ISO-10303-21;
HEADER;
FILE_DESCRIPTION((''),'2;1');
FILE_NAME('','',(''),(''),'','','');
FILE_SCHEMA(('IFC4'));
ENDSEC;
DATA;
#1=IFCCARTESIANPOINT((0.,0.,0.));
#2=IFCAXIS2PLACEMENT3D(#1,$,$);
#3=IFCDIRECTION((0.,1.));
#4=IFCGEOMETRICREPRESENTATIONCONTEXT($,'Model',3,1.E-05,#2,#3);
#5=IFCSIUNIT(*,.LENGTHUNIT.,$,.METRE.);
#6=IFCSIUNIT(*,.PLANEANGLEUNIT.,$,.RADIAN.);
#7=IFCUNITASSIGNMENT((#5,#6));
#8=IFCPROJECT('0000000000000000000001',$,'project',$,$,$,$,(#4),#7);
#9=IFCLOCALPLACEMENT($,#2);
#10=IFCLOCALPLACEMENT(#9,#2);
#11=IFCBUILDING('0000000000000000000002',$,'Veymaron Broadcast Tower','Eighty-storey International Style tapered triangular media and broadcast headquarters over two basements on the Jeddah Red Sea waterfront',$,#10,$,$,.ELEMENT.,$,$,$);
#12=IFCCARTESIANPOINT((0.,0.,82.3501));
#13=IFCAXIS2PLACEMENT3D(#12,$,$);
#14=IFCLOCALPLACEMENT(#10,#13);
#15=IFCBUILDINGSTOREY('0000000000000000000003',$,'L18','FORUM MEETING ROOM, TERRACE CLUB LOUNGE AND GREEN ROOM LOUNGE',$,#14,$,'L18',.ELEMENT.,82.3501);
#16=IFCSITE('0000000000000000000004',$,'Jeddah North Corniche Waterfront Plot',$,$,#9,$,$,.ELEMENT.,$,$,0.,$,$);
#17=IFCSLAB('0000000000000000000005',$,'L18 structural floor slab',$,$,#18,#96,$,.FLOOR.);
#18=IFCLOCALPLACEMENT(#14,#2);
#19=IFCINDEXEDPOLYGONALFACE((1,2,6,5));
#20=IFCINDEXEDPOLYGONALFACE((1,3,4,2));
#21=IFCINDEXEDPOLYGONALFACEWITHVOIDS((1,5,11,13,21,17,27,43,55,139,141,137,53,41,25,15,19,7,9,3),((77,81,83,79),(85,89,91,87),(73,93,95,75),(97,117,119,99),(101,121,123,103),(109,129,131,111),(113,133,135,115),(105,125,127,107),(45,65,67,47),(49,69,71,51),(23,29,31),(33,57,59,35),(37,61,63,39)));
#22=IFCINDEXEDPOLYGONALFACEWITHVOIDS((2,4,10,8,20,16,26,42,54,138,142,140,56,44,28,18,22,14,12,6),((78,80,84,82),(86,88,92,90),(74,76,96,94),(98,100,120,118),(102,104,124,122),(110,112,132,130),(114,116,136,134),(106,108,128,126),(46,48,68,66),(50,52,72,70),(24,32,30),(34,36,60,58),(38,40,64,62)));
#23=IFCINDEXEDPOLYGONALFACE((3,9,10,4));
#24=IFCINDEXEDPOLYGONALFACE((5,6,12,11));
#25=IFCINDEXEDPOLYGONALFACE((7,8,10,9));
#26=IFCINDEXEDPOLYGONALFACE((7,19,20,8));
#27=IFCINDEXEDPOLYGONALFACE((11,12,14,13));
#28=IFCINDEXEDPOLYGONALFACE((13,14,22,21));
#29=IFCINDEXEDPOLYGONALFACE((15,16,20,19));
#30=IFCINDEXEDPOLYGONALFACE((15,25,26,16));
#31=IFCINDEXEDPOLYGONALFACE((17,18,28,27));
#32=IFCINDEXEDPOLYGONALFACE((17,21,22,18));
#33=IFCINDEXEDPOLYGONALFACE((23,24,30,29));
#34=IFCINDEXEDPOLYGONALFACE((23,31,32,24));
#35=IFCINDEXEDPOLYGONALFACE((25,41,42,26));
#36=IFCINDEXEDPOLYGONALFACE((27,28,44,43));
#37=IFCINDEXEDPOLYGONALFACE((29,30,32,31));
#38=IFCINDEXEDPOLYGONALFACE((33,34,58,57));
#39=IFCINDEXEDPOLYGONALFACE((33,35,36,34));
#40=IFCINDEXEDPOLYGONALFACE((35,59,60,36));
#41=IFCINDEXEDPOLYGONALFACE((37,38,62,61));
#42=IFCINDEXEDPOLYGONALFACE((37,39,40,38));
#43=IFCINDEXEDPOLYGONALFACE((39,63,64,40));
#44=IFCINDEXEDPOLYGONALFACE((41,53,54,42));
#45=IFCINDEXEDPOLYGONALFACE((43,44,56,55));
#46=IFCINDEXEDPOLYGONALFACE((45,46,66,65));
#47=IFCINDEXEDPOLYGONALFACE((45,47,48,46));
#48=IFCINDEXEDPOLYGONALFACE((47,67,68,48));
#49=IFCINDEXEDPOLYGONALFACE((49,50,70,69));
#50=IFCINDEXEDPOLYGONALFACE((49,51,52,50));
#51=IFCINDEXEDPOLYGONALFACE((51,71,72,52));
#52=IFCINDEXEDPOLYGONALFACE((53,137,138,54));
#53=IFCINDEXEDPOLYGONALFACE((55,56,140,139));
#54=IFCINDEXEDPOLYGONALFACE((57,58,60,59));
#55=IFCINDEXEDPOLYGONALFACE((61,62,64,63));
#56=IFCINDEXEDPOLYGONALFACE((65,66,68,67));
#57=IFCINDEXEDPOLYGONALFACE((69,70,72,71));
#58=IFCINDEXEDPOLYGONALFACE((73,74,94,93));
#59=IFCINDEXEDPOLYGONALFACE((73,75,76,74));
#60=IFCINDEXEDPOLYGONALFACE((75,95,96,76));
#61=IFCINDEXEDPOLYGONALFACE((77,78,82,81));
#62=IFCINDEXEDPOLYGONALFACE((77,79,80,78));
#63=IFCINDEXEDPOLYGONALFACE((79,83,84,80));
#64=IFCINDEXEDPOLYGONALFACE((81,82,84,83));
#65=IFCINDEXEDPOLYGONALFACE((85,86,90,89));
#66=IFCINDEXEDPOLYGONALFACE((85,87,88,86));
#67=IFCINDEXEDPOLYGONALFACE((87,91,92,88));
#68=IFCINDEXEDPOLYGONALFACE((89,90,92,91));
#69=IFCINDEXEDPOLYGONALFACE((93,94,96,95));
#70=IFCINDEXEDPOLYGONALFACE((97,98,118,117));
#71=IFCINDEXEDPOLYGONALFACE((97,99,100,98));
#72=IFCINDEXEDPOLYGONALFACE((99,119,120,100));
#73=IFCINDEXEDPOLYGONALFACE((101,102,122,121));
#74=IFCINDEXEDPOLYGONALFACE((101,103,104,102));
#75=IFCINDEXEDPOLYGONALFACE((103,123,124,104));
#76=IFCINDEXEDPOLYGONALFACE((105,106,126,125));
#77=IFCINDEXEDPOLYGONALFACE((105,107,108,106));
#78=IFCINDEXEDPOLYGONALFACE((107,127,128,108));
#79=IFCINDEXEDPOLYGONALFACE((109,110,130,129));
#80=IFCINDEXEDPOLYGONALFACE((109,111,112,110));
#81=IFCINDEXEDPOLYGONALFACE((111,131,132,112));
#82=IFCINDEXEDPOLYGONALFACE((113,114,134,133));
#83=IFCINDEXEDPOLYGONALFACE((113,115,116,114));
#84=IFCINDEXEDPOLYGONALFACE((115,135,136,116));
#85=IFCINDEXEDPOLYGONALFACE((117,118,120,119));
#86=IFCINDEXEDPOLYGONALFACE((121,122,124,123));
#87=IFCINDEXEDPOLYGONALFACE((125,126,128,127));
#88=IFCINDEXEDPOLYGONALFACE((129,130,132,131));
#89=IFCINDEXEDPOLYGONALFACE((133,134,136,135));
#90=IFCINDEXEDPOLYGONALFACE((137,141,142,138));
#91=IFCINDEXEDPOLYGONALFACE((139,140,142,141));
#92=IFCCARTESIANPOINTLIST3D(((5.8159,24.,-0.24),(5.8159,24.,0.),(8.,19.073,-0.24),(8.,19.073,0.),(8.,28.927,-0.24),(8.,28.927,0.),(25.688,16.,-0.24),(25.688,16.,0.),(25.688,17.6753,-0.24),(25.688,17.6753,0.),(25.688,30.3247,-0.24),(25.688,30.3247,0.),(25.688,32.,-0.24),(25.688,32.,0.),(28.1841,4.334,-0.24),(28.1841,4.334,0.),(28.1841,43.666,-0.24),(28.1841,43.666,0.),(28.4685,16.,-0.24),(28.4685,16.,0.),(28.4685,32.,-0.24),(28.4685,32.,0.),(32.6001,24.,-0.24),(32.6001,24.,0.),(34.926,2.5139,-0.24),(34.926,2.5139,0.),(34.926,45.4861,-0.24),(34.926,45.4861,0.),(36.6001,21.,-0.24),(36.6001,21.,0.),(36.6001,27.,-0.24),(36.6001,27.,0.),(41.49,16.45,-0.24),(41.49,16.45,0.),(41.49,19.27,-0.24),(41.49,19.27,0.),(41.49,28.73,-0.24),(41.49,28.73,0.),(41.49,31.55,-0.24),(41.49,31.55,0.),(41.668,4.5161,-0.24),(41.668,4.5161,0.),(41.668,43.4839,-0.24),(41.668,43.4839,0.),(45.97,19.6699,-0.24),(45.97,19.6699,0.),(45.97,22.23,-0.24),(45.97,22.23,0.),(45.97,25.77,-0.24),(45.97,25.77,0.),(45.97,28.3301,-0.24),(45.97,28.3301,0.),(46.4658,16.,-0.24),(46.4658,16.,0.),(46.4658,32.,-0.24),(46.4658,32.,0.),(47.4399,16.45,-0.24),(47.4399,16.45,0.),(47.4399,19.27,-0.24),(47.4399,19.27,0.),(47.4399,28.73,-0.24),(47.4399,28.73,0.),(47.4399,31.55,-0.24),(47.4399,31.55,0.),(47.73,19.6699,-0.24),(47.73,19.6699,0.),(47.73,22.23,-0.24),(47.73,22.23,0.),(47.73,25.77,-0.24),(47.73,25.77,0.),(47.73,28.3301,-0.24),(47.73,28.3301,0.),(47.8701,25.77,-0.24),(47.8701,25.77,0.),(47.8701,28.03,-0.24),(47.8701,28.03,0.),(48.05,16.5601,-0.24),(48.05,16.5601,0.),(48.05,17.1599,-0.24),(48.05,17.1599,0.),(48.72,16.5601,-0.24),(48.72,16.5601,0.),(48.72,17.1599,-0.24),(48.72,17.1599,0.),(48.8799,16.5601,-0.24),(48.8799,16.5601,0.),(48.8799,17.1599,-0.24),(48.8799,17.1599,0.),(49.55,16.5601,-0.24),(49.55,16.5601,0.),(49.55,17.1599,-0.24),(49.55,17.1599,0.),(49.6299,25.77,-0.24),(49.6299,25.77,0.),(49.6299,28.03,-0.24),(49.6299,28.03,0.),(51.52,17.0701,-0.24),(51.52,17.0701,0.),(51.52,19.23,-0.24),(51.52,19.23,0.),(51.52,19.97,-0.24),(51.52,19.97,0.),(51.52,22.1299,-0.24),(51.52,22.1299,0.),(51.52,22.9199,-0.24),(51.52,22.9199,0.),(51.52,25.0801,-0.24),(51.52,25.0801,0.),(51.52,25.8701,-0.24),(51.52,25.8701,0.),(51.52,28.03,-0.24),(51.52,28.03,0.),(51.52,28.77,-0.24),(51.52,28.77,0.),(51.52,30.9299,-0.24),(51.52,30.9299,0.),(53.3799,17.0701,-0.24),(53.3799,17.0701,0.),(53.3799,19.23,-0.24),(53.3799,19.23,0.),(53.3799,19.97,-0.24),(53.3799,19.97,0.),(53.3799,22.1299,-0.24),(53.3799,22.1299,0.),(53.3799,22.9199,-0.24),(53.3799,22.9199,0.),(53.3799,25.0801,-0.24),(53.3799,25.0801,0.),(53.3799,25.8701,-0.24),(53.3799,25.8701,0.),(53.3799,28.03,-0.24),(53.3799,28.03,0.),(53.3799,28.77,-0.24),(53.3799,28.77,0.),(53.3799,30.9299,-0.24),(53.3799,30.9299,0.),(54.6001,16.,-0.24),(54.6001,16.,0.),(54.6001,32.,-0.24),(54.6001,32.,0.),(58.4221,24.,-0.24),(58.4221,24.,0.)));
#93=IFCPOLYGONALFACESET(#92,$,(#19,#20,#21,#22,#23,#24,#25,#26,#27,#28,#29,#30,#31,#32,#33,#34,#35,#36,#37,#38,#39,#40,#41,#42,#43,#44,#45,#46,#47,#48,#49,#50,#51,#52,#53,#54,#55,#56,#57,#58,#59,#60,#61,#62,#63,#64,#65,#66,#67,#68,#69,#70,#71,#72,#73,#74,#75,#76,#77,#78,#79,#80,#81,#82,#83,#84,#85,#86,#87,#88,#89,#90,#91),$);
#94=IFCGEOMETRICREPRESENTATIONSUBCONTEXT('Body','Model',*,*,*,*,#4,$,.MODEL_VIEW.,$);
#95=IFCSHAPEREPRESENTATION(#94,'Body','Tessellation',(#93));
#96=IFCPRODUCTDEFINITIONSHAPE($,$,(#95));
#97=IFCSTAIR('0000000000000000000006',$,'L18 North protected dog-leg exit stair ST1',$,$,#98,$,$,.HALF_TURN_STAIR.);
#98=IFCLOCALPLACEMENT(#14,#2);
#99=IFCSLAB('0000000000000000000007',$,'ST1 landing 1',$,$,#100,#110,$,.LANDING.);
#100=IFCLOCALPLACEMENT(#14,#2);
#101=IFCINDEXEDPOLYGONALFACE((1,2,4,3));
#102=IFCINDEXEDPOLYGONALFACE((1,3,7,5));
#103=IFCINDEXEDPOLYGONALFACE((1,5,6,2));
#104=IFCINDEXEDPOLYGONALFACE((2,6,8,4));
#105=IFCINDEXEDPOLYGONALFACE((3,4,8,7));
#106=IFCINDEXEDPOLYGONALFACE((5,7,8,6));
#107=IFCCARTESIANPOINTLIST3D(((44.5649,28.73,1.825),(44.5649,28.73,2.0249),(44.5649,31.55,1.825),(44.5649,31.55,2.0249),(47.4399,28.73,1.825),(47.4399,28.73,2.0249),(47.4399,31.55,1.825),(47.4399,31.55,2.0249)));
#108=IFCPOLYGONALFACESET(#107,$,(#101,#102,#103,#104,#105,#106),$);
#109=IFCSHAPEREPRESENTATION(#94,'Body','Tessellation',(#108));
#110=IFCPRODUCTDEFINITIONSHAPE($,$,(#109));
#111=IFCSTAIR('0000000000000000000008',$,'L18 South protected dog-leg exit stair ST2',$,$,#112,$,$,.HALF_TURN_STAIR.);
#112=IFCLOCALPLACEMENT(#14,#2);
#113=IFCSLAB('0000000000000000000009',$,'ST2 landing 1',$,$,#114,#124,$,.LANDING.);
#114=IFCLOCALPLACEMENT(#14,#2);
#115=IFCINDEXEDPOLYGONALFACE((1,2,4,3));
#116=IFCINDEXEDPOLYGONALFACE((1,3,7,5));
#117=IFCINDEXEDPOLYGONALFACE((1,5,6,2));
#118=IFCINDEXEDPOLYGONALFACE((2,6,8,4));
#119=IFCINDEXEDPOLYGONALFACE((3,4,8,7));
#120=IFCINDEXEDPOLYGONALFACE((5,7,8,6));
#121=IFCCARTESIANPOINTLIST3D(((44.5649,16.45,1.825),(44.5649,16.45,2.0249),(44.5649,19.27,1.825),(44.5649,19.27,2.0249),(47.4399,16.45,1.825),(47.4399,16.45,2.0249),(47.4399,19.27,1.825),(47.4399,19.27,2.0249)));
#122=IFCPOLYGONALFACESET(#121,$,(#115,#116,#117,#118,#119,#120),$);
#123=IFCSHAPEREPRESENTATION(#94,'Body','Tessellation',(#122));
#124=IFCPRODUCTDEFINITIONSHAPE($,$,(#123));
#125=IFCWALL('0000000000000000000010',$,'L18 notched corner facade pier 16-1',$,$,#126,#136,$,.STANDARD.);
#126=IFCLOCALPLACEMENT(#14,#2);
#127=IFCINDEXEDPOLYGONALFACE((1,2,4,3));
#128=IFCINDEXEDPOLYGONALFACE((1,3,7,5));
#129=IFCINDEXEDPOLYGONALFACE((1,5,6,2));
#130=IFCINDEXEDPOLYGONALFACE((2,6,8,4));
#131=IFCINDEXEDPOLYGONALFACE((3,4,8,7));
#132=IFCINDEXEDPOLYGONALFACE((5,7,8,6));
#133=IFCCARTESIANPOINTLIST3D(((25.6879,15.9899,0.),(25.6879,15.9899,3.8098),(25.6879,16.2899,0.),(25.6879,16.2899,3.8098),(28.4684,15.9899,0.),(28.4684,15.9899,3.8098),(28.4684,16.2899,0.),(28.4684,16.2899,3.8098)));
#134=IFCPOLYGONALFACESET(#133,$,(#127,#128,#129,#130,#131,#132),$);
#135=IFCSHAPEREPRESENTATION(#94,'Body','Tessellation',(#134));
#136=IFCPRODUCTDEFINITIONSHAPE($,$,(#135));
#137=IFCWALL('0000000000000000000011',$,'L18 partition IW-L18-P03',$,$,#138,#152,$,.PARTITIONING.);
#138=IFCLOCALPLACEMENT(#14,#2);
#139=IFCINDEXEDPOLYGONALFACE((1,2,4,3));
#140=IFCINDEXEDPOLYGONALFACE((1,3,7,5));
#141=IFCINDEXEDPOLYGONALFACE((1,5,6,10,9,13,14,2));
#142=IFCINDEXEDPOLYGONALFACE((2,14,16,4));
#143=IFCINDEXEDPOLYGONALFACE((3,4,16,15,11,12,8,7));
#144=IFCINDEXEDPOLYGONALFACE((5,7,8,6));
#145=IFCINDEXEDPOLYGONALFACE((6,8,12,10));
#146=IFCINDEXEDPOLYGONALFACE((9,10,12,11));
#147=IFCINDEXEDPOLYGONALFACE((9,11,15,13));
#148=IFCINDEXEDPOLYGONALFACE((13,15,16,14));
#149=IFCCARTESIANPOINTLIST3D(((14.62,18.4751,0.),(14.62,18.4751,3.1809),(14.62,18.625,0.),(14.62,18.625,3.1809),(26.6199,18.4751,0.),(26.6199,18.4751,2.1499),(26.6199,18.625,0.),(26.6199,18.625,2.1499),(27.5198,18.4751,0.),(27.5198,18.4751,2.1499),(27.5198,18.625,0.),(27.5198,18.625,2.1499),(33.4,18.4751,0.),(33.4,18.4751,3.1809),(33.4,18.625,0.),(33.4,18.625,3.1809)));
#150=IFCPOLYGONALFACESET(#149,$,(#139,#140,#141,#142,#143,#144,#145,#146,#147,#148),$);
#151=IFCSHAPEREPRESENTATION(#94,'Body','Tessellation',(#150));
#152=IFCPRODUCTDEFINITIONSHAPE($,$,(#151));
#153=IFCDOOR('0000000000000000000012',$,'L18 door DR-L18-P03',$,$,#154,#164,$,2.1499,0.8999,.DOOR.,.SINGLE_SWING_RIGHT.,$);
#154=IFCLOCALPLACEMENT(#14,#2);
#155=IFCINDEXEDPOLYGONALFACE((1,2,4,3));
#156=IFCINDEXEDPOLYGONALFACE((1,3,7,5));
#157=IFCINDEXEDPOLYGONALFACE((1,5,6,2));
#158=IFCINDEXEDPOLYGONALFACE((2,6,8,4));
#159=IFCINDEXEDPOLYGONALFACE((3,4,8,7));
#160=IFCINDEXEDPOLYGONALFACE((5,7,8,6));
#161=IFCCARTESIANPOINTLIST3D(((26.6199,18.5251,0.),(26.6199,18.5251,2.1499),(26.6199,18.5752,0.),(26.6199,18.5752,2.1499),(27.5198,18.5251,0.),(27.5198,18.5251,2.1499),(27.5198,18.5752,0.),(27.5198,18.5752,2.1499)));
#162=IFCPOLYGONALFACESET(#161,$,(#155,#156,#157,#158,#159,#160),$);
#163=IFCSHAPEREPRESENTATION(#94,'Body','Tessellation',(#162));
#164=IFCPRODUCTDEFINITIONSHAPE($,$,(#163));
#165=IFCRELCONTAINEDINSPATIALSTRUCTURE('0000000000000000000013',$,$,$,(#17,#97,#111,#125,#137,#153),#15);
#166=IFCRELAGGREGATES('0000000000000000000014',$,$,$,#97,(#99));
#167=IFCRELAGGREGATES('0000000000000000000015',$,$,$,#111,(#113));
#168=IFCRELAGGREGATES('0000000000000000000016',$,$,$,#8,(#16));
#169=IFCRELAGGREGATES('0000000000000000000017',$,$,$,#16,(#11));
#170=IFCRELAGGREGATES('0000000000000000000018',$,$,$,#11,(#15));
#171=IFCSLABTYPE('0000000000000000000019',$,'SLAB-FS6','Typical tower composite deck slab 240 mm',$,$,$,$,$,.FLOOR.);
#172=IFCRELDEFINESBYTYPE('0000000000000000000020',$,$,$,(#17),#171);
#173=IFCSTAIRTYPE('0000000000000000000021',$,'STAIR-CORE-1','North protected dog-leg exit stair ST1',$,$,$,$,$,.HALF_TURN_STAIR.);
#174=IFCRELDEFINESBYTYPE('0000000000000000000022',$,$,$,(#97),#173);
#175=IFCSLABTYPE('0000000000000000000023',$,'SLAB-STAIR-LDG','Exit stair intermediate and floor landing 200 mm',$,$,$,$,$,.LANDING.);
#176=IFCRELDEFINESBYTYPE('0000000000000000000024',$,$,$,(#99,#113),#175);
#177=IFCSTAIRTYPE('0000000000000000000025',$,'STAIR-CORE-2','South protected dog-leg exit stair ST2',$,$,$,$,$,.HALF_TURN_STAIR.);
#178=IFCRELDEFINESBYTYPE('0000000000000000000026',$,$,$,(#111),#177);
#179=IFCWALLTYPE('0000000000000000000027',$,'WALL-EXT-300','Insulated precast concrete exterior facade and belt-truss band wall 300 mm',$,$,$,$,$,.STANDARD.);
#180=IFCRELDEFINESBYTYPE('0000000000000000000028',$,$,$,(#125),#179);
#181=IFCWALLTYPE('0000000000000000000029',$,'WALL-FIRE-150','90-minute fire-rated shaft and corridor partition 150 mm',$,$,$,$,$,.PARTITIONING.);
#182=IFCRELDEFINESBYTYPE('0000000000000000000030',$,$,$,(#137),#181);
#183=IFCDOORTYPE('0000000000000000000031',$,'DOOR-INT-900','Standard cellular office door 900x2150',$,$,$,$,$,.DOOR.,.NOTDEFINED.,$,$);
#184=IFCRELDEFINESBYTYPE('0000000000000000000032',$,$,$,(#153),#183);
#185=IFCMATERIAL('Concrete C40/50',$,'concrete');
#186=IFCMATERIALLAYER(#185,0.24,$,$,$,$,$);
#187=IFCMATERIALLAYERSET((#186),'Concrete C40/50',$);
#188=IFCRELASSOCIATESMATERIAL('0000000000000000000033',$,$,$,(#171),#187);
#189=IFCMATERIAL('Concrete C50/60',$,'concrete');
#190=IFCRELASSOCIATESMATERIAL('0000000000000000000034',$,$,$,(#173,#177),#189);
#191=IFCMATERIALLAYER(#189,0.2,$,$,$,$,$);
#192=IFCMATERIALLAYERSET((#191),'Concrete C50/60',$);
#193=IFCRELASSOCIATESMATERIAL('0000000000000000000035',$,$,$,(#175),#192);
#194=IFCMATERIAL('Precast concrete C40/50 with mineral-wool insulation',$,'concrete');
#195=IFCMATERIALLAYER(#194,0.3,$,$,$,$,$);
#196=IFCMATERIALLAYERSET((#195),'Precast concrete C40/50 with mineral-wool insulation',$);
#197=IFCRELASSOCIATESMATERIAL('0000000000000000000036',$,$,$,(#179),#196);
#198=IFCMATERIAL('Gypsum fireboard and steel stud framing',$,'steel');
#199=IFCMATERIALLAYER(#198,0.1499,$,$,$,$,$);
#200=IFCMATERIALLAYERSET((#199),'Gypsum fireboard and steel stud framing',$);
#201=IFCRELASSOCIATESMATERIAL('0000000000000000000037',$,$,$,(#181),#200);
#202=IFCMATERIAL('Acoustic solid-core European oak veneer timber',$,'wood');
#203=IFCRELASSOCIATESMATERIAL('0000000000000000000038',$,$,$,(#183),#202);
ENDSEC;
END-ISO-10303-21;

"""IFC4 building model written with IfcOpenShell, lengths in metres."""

from ifc_helpers import new_model, si_unit, direction, frame, frame_2d, origin, place, context, subcontext, project, spatial, polyline, rectangle, outline, extrude, material, layer, layer_set, type_object, element, fill, aggregate, save


model = new_model("IFC4")

# Units and contexts
model_context = context("Model", 3, precision=1e-05, world=origin(), true_north=direction((0.0, 1.0)))
body_context = subcontext(model_context, "Body", "Model", "MODEL_VIEW")
ifc_project = project(units=[si_unit("LENGTHUNIT", "METRE"), si_unit("PLANEANGLEUNIT", "RADIAN")], contexts=[model_context])

# Site, building, storey
site_placement = place(None, origin())
site = spatial("IfcSite", under=ifc_project, at=site_placement, Name="Jeddah North Corniche Waterfront Plot", CompositionType="ELEMENT", RefElevation=0.0)
building_placement = place(site_placement, origin())
building = spatial("IfcBuilding", under=site, at=building_placement, Name="Veymaron Broadcast Tower", Description="Eighty-storey International Style tapered triangular media and broadcast headquarters over two basements on the Jeddah Red Sea waterfront", CompositionType="ELEMENT")
storey_placement = place(building_placement, frame((0.0, 0.0, 82.3501)))
storey = spatial("IfcBuildingStorey", under=building, at=storey_placement, Name="L18", Description="FORUM MEETING ROOM, TERRACE CLUB LOUNGE AND GREEN ROOM LOUNGE", LongName="L18", CompositionType="ELEMENT", Elevation=82.3501)

# Slab
ifc_material_1 = material(Name="Concrete C40/50", Category="concrete")
ifc_layer_1 = layer(ifc_material_1, 0.24)
ifc_layer_set_1 = layer_set([ifc_layer_1], Name="Concrete C40/50")
slab_type_1 = type_object("IfcSlabType", Name="SLAB-FS6", Description="Typical tower composite deck slab 240 mm", PredefinedType="FLOOR", material=ifc_layer_set_1)
slab_1_placement = place(storey_placement, frame((0.0, 0.0, -0.24)))
element("IfcSlab", 1, at=slab_1_placement, inside=storey, type_object=slab_type_1, Name="L18 structural floor slab", PredefinedType="FLOOR", context=body_context, shape_type="SweptSolid", body=[
    extrude(outline(polyline([(46.4658, 16.0), (54.6001, 16.0), (58.4221, 24.0), (54.6001, 32.0), (46.4658, 32.0), (41.668, 43.4839), (34.926, 45.4861), (28.1841, 43.666), (28.4685, 32.0), (25.688, 32.0), (25.688, 30.3247), (8.0, 28.927), (5.8159, 24.0), (8.0, 19.073), (25.688, 17.6753), (25.688, 16.0), (28.4685, 16.0), (28.1841, 4.334), (34.926, 2.5139), (41.668, 4.5161), (46.4658, 16.0)]), holes=[polyline([(45.97, 28.3301), (47.73, 28.3301), (47.73, 25.77), (45.97, 25.77), (45.97, 28.3301)]), polyline([(45.97, 22.23), (47.73, 22.23), (47.73, 19.6699), (45.97, 19.6699), (45.97, 22.23)]), polyline([(47.8701, 28.03), (49.6299, 28.03), (49.6299, 25.77), (47.8701, 25.77), (47.8701, 28.03)]), polyline([(51.52, 30.9299), (53.3799, 30.9299), (53.3799, 28.77), (51.52, 28.77), (51.52, 30.9299)]), polyline([(51.52, 28.03), (53.3799, 28.03), (53.3799, 25.8701), (51.52, 25.8701), (51.52, 28.03)]), polyline([(51.52, 22.1299), (53.3799, 22.1299), (53.3799, 19.97), (51.52, 19.97), (51.52, 22.1299)]), polyline([(51.52, 25.0801), (53.3799, 25.0801), (53.3799, 22.9199), (51.52, 22.9199), (51.52, 25.0801)]), polyline([(51.52, 19.23), (53.3799, 19.23), (53.3799, 17.0701), (51.52, 17.0701), (51.52, 19.23)]), polyline([(48.05, 17.1599), (48.72, 17.1599), (48.72, 16.5601), (48.05, 16.5601), (48.05, 17.1599)]), polyline([(48.8799, 17.1599), (49.55, 17.1599), (49.55, 16.5601), (48.8799, 16.5601), (48.8799, 17.1599)]), polyline([(36.6001, 27.0), (36.6001, 21.0), (32.6001, 24.0), (36.6001, 27.0)]), polyline([(41.49, 31.55), (47.4399, 31.55), (47.4399, 28.73), (41.49, 28.73), (41.49, 31.55)]), polyline([(41.49, 19.27), (47.4399, 19.27), (47.4399, 16.45), (41.49, 16.45), (41.49, 19.27)])]), origin(), (0.0, 0.0, 1.0), 0.24),
])

# Stairs, slabs
ifc_material_2 = material(Name="Concrete C50/60", Category="concrete")
stair_type_1 = type_object("IfcStairType", Name="STAIR-CORE-1", Description="North protected dog-leg exit stair ST1", PredefinedType="HALF_TURN_STAIR", material=ifc_material_2)
stair_1_placement = place(storey_placement, origin())
stair_1 = element("IfcStair", 2, at=stair_1_placement, inside=storey, type_object=stair_type_1, Name="L18 North protected dog-leg exit stair ST1", PredefinedType="HALF_TURN_STAIR")
ifc_layer_2 = layer(ifc_material_2, 0.2)
ifc_layer_set_2 = layer_set([ifc_layer_2], Name="Concrete C50/60")
slab_type_2 = type_object("IfcSlabType", Name="SLAB-STAIR-LDG", Description="Exit stair intermediate and floor landing 200 mm", PredefinedType="LANDING", material=ifc_layer_set_2)
slab_2_placement = place(storey_placement, frame((0.0, 0.0, 1.825)))
slab_2 = element("IfcSlab", 3, at=slab_2_placement, type_object=slab_type_2, Name="ST1 landing 1", PredefinedType="LANDING", context=body_context, shape_type="SweptSolid", body=[
    extrude(outline(polyline([(44.5649, 28.73), (47.4399, 28.73), (47.4399, 31.55), (44.5649, 31.55), (44.5649, 28.73)])), origin(), (0.0, 0.0, 1.0), 0.2),
])
aggregate(stair_1, [slab_2])
stair_type_2 = type_object("IfcStairType", Name="STAIR-CORE-2", Description="South protected dog-leg exit stair ST2", PredefinedType="HALF_TURN_STAIR", material=ifc_material_2)
stair_2_placement = place(storey_placement, origin())
stair_2 = element("IfcStair", 4, at=stair_2_placement, inside=storey, type_object=stair_type_2, Name="L18 South protected dog-leg exit stair ST2", PredefinedType="HALF_TURN_STAIR")
slab_3_placement = place(storey_placement, frame((0.0, 0.0, 1.825)))
slab_3 = element("IfcSlab", 5, at=slab_3_placement, type_object=slab_type_2, Name="ST2 landing 1", PredefinedType="LANDING", context=body_context, shape_type="SweptSolid", body=[
    extrude(outline(polyline([(44.5649, 16.45), (47.4399, 16.45), (47.4399, 19.27), (44.5649, 19.27), (44.5649, 16.45)])), origin(), (0.0, 0.0, 1.0), 0.2),
])
aggregate(stair_2, [slab_3])

# Wall
ifc_material_3 = material(Name="Precast concrete C40/50 with mineral-wool insulation", Category="concrete")
ifc_layer_3 = layer(ifc_material_3, 0.3)
ifc_layer_set_3 = layer_set([ifc_layer_3], Name="Precast concrete C40/50 with mineral-wool insulation")
wall_type_1 = type_object("IfcWallType", Name="WALL-EXT-300", Description="Insulated precast concrete exterior facade and belt-truss band wall 300 mm", PredefinedType="STANDARD", material=ifc_layer_set_3)
wall_1_placement = place(storey_placement, frame((25.688, 16.1399, 0.0), z_axis=(0.0, 0.0, 1.0), x_axis=(1.0, 0.0, 0.0)))
element("IfcWall", 6, at=wall_1_placement, inside=storey, type_object=wall_type_1, Name="L18 notched corner facade pier 16-1", PredefinedType="STANDARD", context=body_context, shape_type="SweptSolid", body=[
    extrude(rectangle(XDim=2.7805, YDim=0.3, at=frame_2d((1.3901, 0.0))), origin(), (0.0, 0.0, 1.0), 3.8098),
])

# Wall, opening, door
ifc_material_4 = material(Name="Gypsum fireboard and steel stud framing", Category="steel")
ifc_layer_4 = layer(ifc_material_4, 0.1499)
ifc_layer_set_4 = layer_set([ifc_layer_4], Name="Gypsum fireboard and steel stud framing")
wall_type_2 = type_object("IfcWallType", Name="WALL-FIRE-150", Description="90-minute fire-rated shaft and corridor partition 150 mm", PredefinedType="PARTITIONING", material=ifc_layer_set_4)
wall_2_placement = place(storey_placement, frame((14.6199, 18.55, 0.0), z_axis=(0.0, 0.0, 1.0), x_axis=(1.0, 0.0, 0.0)))
wall_2 = element("IfcWall", 7, at=wall_2_placement, inside=storey, type_object=wall_type_2, Name="L18 partition IW-L18-P03", PredefinedType="PARTITIONING", context=body_context, shape_type="SweptSolid", body=[
    extrude(rectangle(XDim=18.78, YDim=0.1499, at=frame_2d((9.3901, 0.0))), origin(), (0.0, 0.0, 1.0), 3.1809),
])
opening_1_placement = place(wall_2_placement, frame((12.0, 0.0, 0.0)))
opening_1 = element("IfcOpeningElement", 8, at=opening_1_placement, cuts=wall_2, PredefinedType="OPENING", context=body_context, shape_type="SweptSolid", body=[
    extrude(rectangle(XDim=0.8999, YDim=2.1499, at=frame_2d((0.45, 1.075))), frame((0.0, 0.085, 0.0), z_axis=(0.0, -1.0, 0.0), x_axis=(1.0, 0.0, 0.0)), (0.0, 0.0, 1.0), 0.1699),
])
ifc_material_5 = material(Name="Acoustic solid-core European oak veneer timber", Category="wood")
door_type = type_object("IfcDoorType", Name="DOOR-INT-900", Description="Standard cellular office door 900x2150", OperationType="NOTDEFINED", PredefinedType="DOOR", material=ifc_material_5)
door_1_placement = place(opening_1_placement, frame((0.8999, 0.0, 0.0), z_axis=(0.0, 0.0, 1.0), x_axis=(-1.0, 0.0, 0.0)))
door_1 = element("IfcDoor", 9, at=door_1_placement, inside=storey, type_object=door_type, Name="L18 door DR-L18-P03", OperationType="SINGLE_SWING_RIGHT", OverallHeight=2.1499, OverallWidth=0.8999, PredefinedType="DOOR", context=body_context, shape_type="SweptSolid", body=[
    extrude(rectangle(XDim=0.8999, YDim=2.1499, at=frame_2d((0.45, 1.075))), frame((0.0, 0.0249, 0.0), z_axis=(0.0, -1.0, 0.0), x_axis=(1.0, 0.0, 0.0)), (0.0, 0.0, 1.0), 0.05),
])
fill(opening_1, door_1)

save(model, "model.ifc")
